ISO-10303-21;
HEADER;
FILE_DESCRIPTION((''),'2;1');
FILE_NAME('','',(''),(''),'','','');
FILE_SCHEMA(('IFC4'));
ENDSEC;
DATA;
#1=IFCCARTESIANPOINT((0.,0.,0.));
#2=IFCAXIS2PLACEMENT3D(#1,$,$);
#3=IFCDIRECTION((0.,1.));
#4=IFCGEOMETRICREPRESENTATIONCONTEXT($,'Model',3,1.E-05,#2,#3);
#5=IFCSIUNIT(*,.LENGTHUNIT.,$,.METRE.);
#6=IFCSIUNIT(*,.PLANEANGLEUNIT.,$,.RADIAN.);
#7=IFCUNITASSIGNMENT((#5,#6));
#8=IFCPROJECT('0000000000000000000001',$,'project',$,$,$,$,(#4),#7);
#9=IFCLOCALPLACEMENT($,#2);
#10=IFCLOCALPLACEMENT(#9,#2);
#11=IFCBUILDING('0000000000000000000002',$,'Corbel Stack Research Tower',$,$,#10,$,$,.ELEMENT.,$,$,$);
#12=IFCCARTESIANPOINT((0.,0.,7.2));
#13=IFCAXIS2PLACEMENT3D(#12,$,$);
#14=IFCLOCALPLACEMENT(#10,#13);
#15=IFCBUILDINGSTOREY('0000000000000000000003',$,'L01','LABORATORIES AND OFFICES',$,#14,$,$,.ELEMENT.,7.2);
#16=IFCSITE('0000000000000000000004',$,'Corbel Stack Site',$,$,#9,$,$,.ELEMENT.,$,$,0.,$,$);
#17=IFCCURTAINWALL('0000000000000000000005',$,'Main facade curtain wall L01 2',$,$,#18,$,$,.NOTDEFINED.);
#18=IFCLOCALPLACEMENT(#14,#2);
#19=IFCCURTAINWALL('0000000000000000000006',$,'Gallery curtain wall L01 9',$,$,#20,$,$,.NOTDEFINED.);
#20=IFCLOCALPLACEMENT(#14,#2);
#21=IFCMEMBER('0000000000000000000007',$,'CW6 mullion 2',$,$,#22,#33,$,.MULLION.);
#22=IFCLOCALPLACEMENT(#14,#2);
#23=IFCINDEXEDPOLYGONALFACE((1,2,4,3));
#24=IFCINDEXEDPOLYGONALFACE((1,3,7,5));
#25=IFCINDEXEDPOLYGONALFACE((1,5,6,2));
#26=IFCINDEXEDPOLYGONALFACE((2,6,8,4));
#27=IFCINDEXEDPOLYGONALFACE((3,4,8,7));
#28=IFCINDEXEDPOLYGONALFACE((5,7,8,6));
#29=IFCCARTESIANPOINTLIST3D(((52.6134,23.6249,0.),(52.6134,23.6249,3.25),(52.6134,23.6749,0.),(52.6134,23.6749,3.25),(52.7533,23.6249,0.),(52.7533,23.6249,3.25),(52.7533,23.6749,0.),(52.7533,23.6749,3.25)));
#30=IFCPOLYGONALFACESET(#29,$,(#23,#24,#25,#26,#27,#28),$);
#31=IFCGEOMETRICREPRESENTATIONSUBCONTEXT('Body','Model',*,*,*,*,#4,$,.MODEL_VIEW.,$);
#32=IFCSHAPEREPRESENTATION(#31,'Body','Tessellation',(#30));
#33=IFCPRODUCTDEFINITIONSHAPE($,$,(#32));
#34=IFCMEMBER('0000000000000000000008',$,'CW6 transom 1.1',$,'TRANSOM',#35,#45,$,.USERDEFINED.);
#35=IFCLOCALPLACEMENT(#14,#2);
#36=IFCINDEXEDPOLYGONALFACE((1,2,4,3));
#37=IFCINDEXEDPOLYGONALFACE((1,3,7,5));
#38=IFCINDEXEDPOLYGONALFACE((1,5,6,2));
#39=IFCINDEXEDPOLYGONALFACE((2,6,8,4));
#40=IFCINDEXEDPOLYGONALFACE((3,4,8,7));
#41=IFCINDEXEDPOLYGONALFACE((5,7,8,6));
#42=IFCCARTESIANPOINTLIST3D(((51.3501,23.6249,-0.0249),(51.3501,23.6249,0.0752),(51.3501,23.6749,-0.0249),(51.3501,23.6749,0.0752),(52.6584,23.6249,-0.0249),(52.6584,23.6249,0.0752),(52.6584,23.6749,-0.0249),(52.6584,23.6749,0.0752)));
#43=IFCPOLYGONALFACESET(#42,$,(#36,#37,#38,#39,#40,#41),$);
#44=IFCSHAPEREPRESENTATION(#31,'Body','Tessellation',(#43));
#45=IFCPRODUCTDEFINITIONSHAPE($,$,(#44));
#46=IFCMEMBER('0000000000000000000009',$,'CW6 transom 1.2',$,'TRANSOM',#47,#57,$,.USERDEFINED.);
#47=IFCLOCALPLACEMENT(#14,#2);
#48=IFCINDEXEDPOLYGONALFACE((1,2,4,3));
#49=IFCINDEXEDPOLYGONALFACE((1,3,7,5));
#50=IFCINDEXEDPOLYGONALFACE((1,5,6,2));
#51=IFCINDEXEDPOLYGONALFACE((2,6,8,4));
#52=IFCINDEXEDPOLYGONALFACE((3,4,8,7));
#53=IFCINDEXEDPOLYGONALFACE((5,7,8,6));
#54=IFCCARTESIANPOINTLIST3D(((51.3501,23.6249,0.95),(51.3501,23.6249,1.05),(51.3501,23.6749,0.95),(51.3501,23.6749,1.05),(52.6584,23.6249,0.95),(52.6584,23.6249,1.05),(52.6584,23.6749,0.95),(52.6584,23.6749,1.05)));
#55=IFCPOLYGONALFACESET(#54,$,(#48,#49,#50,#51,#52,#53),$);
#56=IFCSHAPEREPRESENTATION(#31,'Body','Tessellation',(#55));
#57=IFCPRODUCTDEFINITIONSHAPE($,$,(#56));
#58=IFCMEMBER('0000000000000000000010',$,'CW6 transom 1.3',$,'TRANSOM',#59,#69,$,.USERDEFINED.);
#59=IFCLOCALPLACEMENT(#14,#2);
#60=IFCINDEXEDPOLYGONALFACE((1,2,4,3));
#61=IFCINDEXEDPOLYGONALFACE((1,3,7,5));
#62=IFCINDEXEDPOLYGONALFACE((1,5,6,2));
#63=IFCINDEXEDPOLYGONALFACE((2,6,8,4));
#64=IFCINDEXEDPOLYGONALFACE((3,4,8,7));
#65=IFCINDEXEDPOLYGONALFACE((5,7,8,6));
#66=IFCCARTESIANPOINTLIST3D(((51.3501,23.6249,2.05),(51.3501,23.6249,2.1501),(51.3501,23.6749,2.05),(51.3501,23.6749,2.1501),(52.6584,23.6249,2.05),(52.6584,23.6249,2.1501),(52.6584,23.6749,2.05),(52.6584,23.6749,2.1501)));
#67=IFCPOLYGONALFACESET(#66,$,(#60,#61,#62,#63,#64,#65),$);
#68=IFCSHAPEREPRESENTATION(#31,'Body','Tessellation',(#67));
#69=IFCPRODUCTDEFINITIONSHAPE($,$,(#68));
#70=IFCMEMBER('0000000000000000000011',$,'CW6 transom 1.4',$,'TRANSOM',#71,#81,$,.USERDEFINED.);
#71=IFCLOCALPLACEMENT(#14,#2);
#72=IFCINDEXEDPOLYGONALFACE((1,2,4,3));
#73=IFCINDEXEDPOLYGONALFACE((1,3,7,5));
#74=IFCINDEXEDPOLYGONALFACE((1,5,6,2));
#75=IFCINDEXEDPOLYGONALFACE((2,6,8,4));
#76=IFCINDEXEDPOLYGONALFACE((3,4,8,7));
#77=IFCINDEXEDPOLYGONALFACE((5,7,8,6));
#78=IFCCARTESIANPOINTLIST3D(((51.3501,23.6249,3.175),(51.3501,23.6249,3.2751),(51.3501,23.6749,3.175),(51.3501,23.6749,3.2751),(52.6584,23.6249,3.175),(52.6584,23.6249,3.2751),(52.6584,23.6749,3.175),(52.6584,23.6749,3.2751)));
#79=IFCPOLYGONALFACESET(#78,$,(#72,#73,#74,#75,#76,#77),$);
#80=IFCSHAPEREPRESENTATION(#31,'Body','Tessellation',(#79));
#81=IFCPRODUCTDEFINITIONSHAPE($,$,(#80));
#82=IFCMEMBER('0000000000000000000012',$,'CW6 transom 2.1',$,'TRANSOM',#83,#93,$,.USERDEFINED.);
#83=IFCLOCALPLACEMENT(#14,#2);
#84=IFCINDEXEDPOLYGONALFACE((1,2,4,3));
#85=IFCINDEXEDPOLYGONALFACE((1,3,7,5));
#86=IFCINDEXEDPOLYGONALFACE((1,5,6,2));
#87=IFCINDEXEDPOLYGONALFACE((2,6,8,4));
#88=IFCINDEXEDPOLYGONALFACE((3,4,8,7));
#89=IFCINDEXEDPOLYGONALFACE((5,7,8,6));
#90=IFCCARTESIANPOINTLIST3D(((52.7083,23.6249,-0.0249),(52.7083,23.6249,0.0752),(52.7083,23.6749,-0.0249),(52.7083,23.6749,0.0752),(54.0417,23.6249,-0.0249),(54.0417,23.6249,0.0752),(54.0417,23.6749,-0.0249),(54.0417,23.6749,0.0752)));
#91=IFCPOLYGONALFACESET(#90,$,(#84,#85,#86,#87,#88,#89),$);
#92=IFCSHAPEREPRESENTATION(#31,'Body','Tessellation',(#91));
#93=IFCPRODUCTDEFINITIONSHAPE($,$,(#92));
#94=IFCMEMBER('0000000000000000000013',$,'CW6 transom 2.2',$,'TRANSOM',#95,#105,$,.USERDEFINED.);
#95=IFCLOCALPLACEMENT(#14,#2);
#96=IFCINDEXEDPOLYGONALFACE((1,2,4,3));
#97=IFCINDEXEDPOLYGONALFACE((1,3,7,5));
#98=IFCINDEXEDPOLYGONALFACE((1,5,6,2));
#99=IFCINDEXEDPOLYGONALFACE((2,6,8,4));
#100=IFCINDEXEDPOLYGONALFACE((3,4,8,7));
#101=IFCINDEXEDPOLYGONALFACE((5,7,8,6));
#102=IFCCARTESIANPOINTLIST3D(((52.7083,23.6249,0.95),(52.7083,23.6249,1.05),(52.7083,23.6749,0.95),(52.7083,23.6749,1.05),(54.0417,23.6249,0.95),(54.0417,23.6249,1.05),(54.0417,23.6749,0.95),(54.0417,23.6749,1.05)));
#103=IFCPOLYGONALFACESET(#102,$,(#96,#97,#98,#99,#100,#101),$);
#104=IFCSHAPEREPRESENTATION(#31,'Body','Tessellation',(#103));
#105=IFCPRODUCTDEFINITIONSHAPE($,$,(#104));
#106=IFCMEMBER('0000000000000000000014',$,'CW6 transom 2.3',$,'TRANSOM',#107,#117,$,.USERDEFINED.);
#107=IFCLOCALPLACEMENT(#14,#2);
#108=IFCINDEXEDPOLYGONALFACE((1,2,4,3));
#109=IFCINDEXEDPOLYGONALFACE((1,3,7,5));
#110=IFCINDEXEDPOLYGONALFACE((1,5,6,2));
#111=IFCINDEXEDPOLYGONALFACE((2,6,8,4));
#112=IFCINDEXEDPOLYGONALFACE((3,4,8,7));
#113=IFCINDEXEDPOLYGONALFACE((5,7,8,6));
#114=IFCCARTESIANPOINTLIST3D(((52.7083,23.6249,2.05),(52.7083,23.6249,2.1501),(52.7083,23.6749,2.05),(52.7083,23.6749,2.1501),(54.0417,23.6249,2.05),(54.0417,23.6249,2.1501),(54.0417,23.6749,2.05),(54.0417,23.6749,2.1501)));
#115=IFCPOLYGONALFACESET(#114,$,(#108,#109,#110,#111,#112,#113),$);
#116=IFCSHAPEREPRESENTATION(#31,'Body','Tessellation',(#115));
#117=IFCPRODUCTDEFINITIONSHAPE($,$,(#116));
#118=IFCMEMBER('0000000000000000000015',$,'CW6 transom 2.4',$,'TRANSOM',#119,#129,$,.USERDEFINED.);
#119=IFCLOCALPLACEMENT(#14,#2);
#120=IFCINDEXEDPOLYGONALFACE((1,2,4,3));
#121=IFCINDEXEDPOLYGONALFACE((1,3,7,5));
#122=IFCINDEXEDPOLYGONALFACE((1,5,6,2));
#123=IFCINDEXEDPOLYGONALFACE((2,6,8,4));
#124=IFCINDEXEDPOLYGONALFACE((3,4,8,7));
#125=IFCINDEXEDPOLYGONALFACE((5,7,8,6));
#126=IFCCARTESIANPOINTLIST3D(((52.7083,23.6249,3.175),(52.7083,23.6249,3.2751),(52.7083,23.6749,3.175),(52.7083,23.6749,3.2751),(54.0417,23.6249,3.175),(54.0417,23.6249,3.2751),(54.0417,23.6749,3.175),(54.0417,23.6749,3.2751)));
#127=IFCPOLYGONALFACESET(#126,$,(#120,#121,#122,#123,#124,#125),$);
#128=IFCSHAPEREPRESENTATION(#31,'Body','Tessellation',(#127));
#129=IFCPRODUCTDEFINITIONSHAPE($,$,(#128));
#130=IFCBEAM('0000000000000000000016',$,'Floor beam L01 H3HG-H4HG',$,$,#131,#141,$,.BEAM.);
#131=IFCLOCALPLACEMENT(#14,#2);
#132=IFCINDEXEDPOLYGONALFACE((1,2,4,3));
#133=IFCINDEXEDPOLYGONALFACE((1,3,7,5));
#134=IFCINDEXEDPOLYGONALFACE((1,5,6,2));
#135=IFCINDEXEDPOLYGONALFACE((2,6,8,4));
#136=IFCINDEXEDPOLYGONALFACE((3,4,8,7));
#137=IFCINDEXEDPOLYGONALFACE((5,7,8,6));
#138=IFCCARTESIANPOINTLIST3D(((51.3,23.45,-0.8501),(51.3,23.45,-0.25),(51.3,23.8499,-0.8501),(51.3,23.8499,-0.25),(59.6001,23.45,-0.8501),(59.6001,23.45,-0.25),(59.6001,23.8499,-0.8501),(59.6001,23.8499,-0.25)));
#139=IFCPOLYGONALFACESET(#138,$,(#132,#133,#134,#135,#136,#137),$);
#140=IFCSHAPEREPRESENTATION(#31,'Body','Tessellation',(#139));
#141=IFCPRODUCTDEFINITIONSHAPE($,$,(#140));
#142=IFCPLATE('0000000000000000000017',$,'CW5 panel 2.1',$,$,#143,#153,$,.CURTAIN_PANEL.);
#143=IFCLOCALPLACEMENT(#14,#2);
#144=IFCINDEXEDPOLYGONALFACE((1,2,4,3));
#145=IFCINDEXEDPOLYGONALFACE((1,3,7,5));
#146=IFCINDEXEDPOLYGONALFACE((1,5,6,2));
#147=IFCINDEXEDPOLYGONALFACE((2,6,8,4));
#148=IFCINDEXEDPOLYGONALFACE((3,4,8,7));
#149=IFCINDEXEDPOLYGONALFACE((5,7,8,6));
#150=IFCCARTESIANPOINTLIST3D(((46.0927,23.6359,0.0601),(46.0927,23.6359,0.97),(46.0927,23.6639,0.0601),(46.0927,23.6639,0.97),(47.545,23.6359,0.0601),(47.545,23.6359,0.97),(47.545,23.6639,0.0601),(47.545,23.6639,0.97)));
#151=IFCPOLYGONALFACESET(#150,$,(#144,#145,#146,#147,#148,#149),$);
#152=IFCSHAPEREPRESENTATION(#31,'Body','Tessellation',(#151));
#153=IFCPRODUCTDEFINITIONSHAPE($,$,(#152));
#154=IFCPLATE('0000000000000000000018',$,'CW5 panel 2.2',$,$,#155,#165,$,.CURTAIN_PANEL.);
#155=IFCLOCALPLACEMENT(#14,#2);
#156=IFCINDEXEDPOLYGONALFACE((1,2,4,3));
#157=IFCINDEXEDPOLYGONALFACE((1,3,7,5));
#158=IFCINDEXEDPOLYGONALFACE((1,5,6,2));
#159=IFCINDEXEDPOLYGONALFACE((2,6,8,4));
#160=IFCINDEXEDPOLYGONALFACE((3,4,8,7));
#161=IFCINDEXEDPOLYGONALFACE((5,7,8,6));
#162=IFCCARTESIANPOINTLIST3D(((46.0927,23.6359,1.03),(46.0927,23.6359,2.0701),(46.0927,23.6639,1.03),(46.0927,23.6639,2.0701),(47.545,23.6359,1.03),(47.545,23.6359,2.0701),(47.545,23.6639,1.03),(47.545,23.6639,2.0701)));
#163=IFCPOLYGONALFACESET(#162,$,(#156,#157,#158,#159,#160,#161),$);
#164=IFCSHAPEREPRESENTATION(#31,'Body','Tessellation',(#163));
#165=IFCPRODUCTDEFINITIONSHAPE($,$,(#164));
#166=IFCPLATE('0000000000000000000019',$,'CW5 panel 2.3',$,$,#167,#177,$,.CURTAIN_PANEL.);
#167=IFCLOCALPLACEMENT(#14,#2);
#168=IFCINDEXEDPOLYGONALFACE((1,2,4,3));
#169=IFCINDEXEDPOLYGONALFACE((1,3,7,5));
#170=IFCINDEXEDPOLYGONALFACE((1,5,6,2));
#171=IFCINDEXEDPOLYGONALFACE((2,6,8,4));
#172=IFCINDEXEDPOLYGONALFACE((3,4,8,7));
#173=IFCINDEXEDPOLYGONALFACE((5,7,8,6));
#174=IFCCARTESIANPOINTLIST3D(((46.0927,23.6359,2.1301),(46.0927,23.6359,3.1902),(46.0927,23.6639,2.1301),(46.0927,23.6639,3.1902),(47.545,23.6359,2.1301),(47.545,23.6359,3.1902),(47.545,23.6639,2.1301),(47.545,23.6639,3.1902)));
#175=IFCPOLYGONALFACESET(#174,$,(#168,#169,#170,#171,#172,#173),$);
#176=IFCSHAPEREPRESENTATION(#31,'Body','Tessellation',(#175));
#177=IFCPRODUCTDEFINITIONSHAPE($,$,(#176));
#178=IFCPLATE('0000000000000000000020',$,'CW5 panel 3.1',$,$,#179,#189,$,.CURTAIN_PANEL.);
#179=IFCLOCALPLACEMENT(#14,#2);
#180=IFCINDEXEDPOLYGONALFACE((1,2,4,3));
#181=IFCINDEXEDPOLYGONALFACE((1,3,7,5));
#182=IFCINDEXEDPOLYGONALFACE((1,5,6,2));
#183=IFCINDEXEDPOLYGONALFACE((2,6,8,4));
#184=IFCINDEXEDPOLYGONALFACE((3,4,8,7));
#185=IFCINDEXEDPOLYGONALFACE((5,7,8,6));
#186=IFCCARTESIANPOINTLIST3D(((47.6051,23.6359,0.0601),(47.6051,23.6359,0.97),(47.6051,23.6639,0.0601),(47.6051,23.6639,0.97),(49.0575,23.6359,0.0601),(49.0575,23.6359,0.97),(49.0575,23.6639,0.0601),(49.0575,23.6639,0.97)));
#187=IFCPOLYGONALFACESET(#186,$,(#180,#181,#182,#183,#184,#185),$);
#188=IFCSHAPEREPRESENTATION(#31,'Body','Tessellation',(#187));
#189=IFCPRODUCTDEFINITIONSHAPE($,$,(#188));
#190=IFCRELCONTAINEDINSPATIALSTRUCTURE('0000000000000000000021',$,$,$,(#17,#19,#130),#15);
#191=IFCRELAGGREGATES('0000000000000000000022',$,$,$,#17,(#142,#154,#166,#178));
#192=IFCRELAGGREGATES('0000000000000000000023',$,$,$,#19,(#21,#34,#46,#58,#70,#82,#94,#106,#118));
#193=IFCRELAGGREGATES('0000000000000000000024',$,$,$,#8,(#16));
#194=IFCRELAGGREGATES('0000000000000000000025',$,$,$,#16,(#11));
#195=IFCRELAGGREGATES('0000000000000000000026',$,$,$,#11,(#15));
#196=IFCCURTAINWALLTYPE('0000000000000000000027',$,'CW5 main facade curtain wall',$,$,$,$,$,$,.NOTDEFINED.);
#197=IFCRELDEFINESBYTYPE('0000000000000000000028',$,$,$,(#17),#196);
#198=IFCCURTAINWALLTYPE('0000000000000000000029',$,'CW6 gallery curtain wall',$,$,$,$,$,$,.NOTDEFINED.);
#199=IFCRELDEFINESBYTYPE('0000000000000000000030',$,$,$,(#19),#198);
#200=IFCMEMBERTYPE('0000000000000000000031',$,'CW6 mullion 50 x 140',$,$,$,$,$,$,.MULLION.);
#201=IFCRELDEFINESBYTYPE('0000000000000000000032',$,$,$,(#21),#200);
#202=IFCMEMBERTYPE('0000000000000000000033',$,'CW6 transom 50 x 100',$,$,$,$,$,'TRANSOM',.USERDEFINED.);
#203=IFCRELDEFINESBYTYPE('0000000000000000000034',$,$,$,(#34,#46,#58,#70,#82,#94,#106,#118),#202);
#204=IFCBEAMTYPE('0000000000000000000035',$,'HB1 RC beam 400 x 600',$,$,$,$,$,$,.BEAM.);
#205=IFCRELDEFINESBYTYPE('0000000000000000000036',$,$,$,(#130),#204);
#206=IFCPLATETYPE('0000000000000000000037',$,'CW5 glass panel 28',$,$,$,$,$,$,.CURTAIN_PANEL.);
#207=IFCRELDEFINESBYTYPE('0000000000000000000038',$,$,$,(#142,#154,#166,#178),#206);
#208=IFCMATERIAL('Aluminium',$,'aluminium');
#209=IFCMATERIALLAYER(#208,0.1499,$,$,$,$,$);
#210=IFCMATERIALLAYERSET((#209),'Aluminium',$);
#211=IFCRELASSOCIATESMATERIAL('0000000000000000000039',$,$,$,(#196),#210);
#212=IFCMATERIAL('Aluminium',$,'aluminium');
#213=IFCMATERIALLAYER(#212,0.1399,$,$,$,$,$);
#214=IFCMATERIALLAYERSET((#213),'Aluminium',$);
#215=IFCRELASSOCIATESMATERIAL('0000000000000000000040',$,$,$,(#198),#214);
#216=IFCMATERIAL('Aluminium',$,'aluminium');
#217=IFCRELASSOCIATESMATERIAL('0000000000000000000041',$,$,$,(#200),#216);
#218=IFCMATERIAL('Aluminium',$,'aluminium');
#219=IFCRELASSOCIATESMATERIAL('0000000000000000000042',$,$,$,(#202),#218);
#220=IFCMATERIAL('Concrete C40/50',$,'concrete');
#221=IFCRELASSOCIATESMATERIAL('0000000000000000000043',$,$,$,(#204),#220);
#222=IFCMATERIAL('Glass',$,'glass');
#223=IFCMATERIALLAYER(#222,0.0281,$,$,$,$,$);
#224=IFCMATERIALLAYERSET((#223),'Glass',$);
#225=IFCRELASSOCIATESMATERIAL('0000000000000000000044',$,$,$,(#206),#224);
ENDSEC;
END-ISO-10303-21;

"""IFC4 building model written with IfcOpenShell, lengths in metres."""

from ifc_helpers import new_model, si_unit, direction, frame, origin, origin_2d, place, context, subcontext, project, spatial, rectangle, extrude, material, layer, layer_set, material_profile, profile_set, type_object, element, aggregate, save


model = new_model("IFC4")

# Units and contexts
model_context = context("Model", 3, precision=1e-05, world=origin(), true_north=direction((0.0, 1.0)))
body_context = subcontext(model_context, "Body", "Model", "MODEL_VIEW")
ifc_project = project(units=[si_unit("LENGTHUNIT", "METRE"), si_unit("PLANEANGLEUNIT", "RADIAN")], contexts=[model_context])

# Site, building, storey
site_placement = place(None, origin())
site = spatial("IfcSite", under=ifc_project, at=site_placement, Name="Corbel Stack Site", CompositionType="ELEMENT", RefElevation=0.0)
building_placement = place(site_placement, origin())
building = spatial("IfcBuilding", under=site, at=building_placement, Name="Corbel Stack Research Tower", CompositionType="ELEMENT")
storey_placement = place(building_placement, frame((0.0, 0.0, 7.2)))
storey = spatial("IfcBuildingStorey", under=building, at=storey_placement, Name="L01", Description="LABORATORIES AND OFFICES", CompositionType="ELEMENT", Elevation=7.2)

# Curtain walls, members
ifc_material_1 = material(Name="Aluminium", Category="aluminium")
ifc_layer_1 = layer(ifc_material_1, 0.1499)
ifc_layer_set_1 = layer_set([ifc_layer_1], Name="Aluminium")
curtain_wall_type_1 = type_object("IfcCurtainWallType", Name="CW5 main facade curtain wall", PredefinedType="NOTDEFINED", material=ifc_layer_set_1)
curtain_wall_1_placement = place(storey_placement, origin())
curtain_wall_1 = element("IfcCurtainWall", 1, at=curtain_wall_1_placement, inside=storey, type_object=curtain_wall_type_1, Name="Main facade curtain wall L01 2", PredefinedType="NOTDEFINED")
ifc_material_2 = material(Name="Aluminium", Category="aluminium")
ifc_layer_2 = layer(ifc_material_2, 0.1399)
ifc_layer_set_2 = layer_set([ifc_layer_2], Name="Aluminium")
curtain_wall_type_2 = type_object("IfcCurtainWallType", Name="CW6 gallery curtain wall", PredefinedType="NOTDEFINED", material=ifc_layer_set_2)
curtain_wall_2_placement = place(storey_placement, origin())
curtain_wall_2 = element("IfcCurtainWall", 2, at=curtain_wall_2_placement, inside=storey, type_object=curtain_wall_type_2, Name="Gallery curtain wall L01 9", PredefinedType="NOTDEFINED")
ifc_material_3 = material(Name="Aluminium", Category="aluminium")
ifc_material_profile_1 = material_profile(ifc_material_3, rectangle(XDim=0.05, YDim=0.1399, at=origin_2d()), Name="Mullion 50 x 140")
ifc_profile_set_1 = profile_set([ifc_material_profile_1], Name="Aluminium")
member_type_1 = type_object("IfcMemberType", Name="CW6 mullion 50 x 140", PredefinedType="MULLION", material=ifc_profile_set_1)
member_1_placement = place(storey_placement, frame((52.6833, 23.6499, 0.0), z_axis=(0.0, 0.0, 1.0), x_axis=(0.0, 1.0, 0.0)))
member_1 = element("IfcMember", 3, at=member_1_placement, type_object=member_type_1, Name="CW6 mullion 2", PredefinedType="MULLION", context=body_context, shape_type="SweptSolid", body=[
    extrude(rectangle(XDim=0.05, YDim=0.1399, at=origin_2d()), origin(), (0.0, 0.0, 1.0), 3.25),
])
ifc_material_4 = material(Name="Aluminium", Category="aluminium")
ifc_material_profile_2 = material_profile(ifc_material_4, rectangle(XDim=0.05, YDim=0.1001, at=origin_2d()), Name="Transom 50 x 100")
ifc_profile_set_2 = profile_set([ifc_material_profile_2], Name="Aluminium")
member_type_2 = type_object("IfcMemberType", Name="CW6 transom 50 x 100", ElementType="TRANSOM", PredefinedType="USERDEFINED", material=ifc_profile_set_2)
member_2_placement = place(storey_placement, frame((51.3501, 23.6499, 0.0251), z_axis=(1.0, 0.0, 0.0), x_axis=(0.0, 1.0, 0.0)))
member_2 = element("IfcMember", 4, at=member_2_placement, type_object=member_type_2, Name="CW6 transom 1.1", ObjectType="TRANSOM", PredefinedType="USERDEFINED", context=body_context, shape_type="SweptSolid", body=[
    extrude(rectangle(XDim=0.05, YDim=0.1001, at=origin_2d()), origin(), (0.0, 0.0, 1.0), 1.3083),
])
member_3_placement = place(storey_placement, frame((51.3501, 23.6499, 1.0), z_axis=(1.0, 0.0, 0.0), x_axis=(0.0, 1.0, 0.0)))
member_3 = element("IfcMember", 5, at=member_3_placement, type_object=member_type_2, Name="CW6 transom 1.2", ObjectType="TRANSOM", PredefinedType="USERDEFINED", context=body_context, shape_type="SweptSolid", body=[
    extrude(rectangle(XDim=0.05, YDim=0.1001, at=origin_2d()), origin(), (0.0, 0.0, 1.0), 1.3083),
])
member_4_placement = place(storey_placement, frame((51.3501, 23.6499, 2.1001), z_axis=(1.0, 0.0, 0.0), x_axis=(0.0, 1.0, 0.0)))
member_4 = element("IfcMember", 6, at=member_4_placement, type_object=member_type_2, Name="CW6 transom 1.3", ObjectType="TRANSOM", PredefinedType="USERDEFINED", context=body_context, shape_type="SweptSolid", body=[
    extrude(rectangle(XDim=0.05, YDim=0.1001, at=origin_2d()), origin(), (0.0, 0.0, 1.0), 1.3083),
])
member_5_placement = place(storey_placement, frame((51.3501, 23.6499, 3.2251), z_axis=(1.0, 0.0, 0.0), x_axis=(0.0, 1.0, 0.0)))
member_5 = element("IfcMember", 7, at=member_5_placement, type_object=member_type_2, Name="CW6 transom 1.4", ObjectType="TRANSOM", PredefinedType="USERDEFINED", context=body_context, shape_type="SweptSolid", body=[
    extrude(rectangle(XDim=0.05, YDim=0.1001, at=origin_2d()), origin(), (0.0, 0.0, 1.0), 1.3083),
])
member_6_placement = place(storey_placement, frame((52.7083, 23.6499, 0.0251), z_axis=(1.0, 0.0, 0.0), x_axis=(0.0, 1.0, 0.0)))
member_6 = element("IfcMember", 8, at=member_6_placement, type_object=member_type_2, Name="CW6 transom 2.1", ObjectType="TRANSOM", PredefinedType="USERDEFINED", context=body_context, shape_type="SweptSolid", body=[
    extrude(rectangle(XDim=0.05, YDim=0.1001, at=origin_2d()), origin(), (0.0, 0.0, 1.0), 1.3335),
])
member_7_placement = place(storey_placement, frame((52.7083, 23.6499, 1.0), z_axis=(1.0, 0.0, 0.0), x_axis=(0.0, 1.0, 0.0)))
member_7 = element("IfcMember", 9, at=member_7_placement, type_object=member_type_2, Name="CW6 transom 2.2", ObjectType="TRANSOM", PredefinedType="USERDEFINED", context=body_context, shape_type="SweptSolid", body=[
    extrude(rectangle(XDim=0.05, YDim=0.1001, at=origin_2d()), origin(), (0.0, 0.0, 1.0), 1.3335),
])
member_8_placement = place(storey_placement, frame((52.7083, 23.6499, 2.1001), z_axis=(1.0, 0.0, 0.0), x_axis=(0.0, 1.0, 0.0)))
member_8 = element("IfcMember", 10, at=member_8_placement, type_object=member_type_2, Name="CW6 transom 2.3", ObjectType="TRANSOM", PredefinedType="USERDEFINED", context=body_context, shape_type="SweptSolid", body=[
    extrude(rectangle(XDim=0.05, YDim=0.1001, at=origin_2d()), origin(), (0.0, 0.0, 1.0), 1.3335),
])
member_9_placement = place(storey_placement, frame((52.7083, 23.6499, 3.2251), z_axis=(1.0, 0.0, 0.0), x_axis=(0.0, 1.0, 0.0)))
member_9 = element("IfcMember", 11, at=member_9_placement, type_object=member_type_2, Name="CW6 transom 2.4", ObjectType="TRANSOM", PredefinedType="USERDEFINED", context=body_context, shape_type="SweptSolid", body=[
    extrude(rectangle(XDim=0.05, YDim=0.1001, at=origin_2d()), origin(), (0.0, 0.0, 1.0), 1.3335),
])

# Beam
ifc_material_5 = material(Name="Concrete C40/50", Category="concrete")
ifc_material_profile_3 = material_profile(ifc_material_5, rectangle(XDim=0.3999, YDim=0.6001, at=origin_2d()), Name="RC 400 x 600")
ifc_profile_set_3 = profile_set([ifc_material_profile_3], Name="Concrete C40/50")
beam_type = type_object("IfcBeamType", Name="HB1 RC beam 400 x 600", PredefinedType="BEAM", material=ifc_profile_set_3)
beam_placement = place(storey_placement, frame((51.3, 23.6499, -0.55), z_axis=(1.0, 0.0, 0.0), x_axis=(0.0, 1.0, 0.0)))
element("IfcBeam", 12, at=beam_placement, inside=storey, type_object=beam_type, Name="Floor beam L01 H3HG-H4HG", PredefinedType="BEAM", context=body_context, shape_type="SweptSolid", body=[
    extrude(rectangle(XDim=0.3999, YDim=0.6001, at=origin_2d()), origin(), (0.0, 0.0, 1.0), 8.3),
])

# Plates
ifc_material_6 = material(Name="Glass", Category="glass")
ifc_layer_3 = layer(ifc_material_6, 0.0281)
ifc_layer_set_3 = layer_set([ifc_layer_3], Name="Glass")
plate_type_1 = type_object("IfcPlateType", Name="CW5 glass panel 28", PredefinedType="CURTAIN_PANEL", material=ifc_layer_set_3)
plate_1_placement = place(storey_placement, frame((46.8188, 23.6499, 0.0601), z_axis=(0.0, 0.0, 1.0), x_axis=(1.0, 0.0, 0.0)))
plate_1 = element("IfcPlate", 13, at=plate_1_placement, type_object=plate_type_1, Name="CW5 panel 2.1", PredefinedType="CURTAIN_PANEL", context=body_context, shape_type="SweptSolid", body=[
    extrude(rectangle(XDim=1.4524, YDim=0.0281, at=origin_2d()), origin(), (0.0, 0.0, 1.0), 0.9099),
])
plate_2_placement = place(storey_placement, frame((46.8188, 23.6499, 1.03), z_axis=(0.0, 0.0, 1.0), x_axis=(1.0, 0.0, 0.0)))
plate_2 = element("IfcPlate", 14, at=plate_2_placement, type_object=plate_type_1, Name="CW5 panel 2.2", PredefinedType="CURTAIN_PANEL", context=body_context, shape_type="SweptSolid", body=[
    extrude(rectangle(XDim=1.4524, YDim=0.0281, at=origin_2d()), origin(), (0.0, 0.0, 1.0), 1.04),
])
plate_3_placement = place(storey_placement, frame((46.8188, 23.6499, 2.1301), z_axis=(0.0, 0.0, 1.0), x_axis=(1.0, 0.0, 0.0)))
plate_3 = element("IfcPlate", 15, at=plate_3_placement, type_object=plate_type_1, Name="CW5 panel 2.3", PredefinedType="CURTAIN_PANEL", context=body_context, shape_type="SweptSolid", body=[
    extrude(rectangle(XDim=1.4524, YDim=0.0281, at=origin_2d()), origin(), (0.0, 0.0, 1.0), 1.0601),
])
plate_4_placement = place(storey_placement, frame((48.3313, 23.6499, 0.0601), z_axis=(0.0, 0.0, 1.0), x_axis=(1.0, 0.0, 0.0)))
plate_4 = element("IfcPlate", 16, at=plate_4_placement, type_object=plate_type_1, Name="CW5 panel 3.1", PredefinedType="CURTAIN_PANEL", context=body_context, shape_type="SweptSolid", body=[
    extrude(rectangle(XDim=1.4524, YDim=0.0281, at=origin_2d()), origin(), (0.0, 0.0, 1.0), 0.9099),
])
aggregate(curtain_wall_1, [plate_1, plate_2, plate_3, plate_4])
aggregate(curtain_wall_2, [member_1, member_2, member_3, member_4, member_5, member_6, member_7, member_8, member_9])

save(model, "model.ifc")
